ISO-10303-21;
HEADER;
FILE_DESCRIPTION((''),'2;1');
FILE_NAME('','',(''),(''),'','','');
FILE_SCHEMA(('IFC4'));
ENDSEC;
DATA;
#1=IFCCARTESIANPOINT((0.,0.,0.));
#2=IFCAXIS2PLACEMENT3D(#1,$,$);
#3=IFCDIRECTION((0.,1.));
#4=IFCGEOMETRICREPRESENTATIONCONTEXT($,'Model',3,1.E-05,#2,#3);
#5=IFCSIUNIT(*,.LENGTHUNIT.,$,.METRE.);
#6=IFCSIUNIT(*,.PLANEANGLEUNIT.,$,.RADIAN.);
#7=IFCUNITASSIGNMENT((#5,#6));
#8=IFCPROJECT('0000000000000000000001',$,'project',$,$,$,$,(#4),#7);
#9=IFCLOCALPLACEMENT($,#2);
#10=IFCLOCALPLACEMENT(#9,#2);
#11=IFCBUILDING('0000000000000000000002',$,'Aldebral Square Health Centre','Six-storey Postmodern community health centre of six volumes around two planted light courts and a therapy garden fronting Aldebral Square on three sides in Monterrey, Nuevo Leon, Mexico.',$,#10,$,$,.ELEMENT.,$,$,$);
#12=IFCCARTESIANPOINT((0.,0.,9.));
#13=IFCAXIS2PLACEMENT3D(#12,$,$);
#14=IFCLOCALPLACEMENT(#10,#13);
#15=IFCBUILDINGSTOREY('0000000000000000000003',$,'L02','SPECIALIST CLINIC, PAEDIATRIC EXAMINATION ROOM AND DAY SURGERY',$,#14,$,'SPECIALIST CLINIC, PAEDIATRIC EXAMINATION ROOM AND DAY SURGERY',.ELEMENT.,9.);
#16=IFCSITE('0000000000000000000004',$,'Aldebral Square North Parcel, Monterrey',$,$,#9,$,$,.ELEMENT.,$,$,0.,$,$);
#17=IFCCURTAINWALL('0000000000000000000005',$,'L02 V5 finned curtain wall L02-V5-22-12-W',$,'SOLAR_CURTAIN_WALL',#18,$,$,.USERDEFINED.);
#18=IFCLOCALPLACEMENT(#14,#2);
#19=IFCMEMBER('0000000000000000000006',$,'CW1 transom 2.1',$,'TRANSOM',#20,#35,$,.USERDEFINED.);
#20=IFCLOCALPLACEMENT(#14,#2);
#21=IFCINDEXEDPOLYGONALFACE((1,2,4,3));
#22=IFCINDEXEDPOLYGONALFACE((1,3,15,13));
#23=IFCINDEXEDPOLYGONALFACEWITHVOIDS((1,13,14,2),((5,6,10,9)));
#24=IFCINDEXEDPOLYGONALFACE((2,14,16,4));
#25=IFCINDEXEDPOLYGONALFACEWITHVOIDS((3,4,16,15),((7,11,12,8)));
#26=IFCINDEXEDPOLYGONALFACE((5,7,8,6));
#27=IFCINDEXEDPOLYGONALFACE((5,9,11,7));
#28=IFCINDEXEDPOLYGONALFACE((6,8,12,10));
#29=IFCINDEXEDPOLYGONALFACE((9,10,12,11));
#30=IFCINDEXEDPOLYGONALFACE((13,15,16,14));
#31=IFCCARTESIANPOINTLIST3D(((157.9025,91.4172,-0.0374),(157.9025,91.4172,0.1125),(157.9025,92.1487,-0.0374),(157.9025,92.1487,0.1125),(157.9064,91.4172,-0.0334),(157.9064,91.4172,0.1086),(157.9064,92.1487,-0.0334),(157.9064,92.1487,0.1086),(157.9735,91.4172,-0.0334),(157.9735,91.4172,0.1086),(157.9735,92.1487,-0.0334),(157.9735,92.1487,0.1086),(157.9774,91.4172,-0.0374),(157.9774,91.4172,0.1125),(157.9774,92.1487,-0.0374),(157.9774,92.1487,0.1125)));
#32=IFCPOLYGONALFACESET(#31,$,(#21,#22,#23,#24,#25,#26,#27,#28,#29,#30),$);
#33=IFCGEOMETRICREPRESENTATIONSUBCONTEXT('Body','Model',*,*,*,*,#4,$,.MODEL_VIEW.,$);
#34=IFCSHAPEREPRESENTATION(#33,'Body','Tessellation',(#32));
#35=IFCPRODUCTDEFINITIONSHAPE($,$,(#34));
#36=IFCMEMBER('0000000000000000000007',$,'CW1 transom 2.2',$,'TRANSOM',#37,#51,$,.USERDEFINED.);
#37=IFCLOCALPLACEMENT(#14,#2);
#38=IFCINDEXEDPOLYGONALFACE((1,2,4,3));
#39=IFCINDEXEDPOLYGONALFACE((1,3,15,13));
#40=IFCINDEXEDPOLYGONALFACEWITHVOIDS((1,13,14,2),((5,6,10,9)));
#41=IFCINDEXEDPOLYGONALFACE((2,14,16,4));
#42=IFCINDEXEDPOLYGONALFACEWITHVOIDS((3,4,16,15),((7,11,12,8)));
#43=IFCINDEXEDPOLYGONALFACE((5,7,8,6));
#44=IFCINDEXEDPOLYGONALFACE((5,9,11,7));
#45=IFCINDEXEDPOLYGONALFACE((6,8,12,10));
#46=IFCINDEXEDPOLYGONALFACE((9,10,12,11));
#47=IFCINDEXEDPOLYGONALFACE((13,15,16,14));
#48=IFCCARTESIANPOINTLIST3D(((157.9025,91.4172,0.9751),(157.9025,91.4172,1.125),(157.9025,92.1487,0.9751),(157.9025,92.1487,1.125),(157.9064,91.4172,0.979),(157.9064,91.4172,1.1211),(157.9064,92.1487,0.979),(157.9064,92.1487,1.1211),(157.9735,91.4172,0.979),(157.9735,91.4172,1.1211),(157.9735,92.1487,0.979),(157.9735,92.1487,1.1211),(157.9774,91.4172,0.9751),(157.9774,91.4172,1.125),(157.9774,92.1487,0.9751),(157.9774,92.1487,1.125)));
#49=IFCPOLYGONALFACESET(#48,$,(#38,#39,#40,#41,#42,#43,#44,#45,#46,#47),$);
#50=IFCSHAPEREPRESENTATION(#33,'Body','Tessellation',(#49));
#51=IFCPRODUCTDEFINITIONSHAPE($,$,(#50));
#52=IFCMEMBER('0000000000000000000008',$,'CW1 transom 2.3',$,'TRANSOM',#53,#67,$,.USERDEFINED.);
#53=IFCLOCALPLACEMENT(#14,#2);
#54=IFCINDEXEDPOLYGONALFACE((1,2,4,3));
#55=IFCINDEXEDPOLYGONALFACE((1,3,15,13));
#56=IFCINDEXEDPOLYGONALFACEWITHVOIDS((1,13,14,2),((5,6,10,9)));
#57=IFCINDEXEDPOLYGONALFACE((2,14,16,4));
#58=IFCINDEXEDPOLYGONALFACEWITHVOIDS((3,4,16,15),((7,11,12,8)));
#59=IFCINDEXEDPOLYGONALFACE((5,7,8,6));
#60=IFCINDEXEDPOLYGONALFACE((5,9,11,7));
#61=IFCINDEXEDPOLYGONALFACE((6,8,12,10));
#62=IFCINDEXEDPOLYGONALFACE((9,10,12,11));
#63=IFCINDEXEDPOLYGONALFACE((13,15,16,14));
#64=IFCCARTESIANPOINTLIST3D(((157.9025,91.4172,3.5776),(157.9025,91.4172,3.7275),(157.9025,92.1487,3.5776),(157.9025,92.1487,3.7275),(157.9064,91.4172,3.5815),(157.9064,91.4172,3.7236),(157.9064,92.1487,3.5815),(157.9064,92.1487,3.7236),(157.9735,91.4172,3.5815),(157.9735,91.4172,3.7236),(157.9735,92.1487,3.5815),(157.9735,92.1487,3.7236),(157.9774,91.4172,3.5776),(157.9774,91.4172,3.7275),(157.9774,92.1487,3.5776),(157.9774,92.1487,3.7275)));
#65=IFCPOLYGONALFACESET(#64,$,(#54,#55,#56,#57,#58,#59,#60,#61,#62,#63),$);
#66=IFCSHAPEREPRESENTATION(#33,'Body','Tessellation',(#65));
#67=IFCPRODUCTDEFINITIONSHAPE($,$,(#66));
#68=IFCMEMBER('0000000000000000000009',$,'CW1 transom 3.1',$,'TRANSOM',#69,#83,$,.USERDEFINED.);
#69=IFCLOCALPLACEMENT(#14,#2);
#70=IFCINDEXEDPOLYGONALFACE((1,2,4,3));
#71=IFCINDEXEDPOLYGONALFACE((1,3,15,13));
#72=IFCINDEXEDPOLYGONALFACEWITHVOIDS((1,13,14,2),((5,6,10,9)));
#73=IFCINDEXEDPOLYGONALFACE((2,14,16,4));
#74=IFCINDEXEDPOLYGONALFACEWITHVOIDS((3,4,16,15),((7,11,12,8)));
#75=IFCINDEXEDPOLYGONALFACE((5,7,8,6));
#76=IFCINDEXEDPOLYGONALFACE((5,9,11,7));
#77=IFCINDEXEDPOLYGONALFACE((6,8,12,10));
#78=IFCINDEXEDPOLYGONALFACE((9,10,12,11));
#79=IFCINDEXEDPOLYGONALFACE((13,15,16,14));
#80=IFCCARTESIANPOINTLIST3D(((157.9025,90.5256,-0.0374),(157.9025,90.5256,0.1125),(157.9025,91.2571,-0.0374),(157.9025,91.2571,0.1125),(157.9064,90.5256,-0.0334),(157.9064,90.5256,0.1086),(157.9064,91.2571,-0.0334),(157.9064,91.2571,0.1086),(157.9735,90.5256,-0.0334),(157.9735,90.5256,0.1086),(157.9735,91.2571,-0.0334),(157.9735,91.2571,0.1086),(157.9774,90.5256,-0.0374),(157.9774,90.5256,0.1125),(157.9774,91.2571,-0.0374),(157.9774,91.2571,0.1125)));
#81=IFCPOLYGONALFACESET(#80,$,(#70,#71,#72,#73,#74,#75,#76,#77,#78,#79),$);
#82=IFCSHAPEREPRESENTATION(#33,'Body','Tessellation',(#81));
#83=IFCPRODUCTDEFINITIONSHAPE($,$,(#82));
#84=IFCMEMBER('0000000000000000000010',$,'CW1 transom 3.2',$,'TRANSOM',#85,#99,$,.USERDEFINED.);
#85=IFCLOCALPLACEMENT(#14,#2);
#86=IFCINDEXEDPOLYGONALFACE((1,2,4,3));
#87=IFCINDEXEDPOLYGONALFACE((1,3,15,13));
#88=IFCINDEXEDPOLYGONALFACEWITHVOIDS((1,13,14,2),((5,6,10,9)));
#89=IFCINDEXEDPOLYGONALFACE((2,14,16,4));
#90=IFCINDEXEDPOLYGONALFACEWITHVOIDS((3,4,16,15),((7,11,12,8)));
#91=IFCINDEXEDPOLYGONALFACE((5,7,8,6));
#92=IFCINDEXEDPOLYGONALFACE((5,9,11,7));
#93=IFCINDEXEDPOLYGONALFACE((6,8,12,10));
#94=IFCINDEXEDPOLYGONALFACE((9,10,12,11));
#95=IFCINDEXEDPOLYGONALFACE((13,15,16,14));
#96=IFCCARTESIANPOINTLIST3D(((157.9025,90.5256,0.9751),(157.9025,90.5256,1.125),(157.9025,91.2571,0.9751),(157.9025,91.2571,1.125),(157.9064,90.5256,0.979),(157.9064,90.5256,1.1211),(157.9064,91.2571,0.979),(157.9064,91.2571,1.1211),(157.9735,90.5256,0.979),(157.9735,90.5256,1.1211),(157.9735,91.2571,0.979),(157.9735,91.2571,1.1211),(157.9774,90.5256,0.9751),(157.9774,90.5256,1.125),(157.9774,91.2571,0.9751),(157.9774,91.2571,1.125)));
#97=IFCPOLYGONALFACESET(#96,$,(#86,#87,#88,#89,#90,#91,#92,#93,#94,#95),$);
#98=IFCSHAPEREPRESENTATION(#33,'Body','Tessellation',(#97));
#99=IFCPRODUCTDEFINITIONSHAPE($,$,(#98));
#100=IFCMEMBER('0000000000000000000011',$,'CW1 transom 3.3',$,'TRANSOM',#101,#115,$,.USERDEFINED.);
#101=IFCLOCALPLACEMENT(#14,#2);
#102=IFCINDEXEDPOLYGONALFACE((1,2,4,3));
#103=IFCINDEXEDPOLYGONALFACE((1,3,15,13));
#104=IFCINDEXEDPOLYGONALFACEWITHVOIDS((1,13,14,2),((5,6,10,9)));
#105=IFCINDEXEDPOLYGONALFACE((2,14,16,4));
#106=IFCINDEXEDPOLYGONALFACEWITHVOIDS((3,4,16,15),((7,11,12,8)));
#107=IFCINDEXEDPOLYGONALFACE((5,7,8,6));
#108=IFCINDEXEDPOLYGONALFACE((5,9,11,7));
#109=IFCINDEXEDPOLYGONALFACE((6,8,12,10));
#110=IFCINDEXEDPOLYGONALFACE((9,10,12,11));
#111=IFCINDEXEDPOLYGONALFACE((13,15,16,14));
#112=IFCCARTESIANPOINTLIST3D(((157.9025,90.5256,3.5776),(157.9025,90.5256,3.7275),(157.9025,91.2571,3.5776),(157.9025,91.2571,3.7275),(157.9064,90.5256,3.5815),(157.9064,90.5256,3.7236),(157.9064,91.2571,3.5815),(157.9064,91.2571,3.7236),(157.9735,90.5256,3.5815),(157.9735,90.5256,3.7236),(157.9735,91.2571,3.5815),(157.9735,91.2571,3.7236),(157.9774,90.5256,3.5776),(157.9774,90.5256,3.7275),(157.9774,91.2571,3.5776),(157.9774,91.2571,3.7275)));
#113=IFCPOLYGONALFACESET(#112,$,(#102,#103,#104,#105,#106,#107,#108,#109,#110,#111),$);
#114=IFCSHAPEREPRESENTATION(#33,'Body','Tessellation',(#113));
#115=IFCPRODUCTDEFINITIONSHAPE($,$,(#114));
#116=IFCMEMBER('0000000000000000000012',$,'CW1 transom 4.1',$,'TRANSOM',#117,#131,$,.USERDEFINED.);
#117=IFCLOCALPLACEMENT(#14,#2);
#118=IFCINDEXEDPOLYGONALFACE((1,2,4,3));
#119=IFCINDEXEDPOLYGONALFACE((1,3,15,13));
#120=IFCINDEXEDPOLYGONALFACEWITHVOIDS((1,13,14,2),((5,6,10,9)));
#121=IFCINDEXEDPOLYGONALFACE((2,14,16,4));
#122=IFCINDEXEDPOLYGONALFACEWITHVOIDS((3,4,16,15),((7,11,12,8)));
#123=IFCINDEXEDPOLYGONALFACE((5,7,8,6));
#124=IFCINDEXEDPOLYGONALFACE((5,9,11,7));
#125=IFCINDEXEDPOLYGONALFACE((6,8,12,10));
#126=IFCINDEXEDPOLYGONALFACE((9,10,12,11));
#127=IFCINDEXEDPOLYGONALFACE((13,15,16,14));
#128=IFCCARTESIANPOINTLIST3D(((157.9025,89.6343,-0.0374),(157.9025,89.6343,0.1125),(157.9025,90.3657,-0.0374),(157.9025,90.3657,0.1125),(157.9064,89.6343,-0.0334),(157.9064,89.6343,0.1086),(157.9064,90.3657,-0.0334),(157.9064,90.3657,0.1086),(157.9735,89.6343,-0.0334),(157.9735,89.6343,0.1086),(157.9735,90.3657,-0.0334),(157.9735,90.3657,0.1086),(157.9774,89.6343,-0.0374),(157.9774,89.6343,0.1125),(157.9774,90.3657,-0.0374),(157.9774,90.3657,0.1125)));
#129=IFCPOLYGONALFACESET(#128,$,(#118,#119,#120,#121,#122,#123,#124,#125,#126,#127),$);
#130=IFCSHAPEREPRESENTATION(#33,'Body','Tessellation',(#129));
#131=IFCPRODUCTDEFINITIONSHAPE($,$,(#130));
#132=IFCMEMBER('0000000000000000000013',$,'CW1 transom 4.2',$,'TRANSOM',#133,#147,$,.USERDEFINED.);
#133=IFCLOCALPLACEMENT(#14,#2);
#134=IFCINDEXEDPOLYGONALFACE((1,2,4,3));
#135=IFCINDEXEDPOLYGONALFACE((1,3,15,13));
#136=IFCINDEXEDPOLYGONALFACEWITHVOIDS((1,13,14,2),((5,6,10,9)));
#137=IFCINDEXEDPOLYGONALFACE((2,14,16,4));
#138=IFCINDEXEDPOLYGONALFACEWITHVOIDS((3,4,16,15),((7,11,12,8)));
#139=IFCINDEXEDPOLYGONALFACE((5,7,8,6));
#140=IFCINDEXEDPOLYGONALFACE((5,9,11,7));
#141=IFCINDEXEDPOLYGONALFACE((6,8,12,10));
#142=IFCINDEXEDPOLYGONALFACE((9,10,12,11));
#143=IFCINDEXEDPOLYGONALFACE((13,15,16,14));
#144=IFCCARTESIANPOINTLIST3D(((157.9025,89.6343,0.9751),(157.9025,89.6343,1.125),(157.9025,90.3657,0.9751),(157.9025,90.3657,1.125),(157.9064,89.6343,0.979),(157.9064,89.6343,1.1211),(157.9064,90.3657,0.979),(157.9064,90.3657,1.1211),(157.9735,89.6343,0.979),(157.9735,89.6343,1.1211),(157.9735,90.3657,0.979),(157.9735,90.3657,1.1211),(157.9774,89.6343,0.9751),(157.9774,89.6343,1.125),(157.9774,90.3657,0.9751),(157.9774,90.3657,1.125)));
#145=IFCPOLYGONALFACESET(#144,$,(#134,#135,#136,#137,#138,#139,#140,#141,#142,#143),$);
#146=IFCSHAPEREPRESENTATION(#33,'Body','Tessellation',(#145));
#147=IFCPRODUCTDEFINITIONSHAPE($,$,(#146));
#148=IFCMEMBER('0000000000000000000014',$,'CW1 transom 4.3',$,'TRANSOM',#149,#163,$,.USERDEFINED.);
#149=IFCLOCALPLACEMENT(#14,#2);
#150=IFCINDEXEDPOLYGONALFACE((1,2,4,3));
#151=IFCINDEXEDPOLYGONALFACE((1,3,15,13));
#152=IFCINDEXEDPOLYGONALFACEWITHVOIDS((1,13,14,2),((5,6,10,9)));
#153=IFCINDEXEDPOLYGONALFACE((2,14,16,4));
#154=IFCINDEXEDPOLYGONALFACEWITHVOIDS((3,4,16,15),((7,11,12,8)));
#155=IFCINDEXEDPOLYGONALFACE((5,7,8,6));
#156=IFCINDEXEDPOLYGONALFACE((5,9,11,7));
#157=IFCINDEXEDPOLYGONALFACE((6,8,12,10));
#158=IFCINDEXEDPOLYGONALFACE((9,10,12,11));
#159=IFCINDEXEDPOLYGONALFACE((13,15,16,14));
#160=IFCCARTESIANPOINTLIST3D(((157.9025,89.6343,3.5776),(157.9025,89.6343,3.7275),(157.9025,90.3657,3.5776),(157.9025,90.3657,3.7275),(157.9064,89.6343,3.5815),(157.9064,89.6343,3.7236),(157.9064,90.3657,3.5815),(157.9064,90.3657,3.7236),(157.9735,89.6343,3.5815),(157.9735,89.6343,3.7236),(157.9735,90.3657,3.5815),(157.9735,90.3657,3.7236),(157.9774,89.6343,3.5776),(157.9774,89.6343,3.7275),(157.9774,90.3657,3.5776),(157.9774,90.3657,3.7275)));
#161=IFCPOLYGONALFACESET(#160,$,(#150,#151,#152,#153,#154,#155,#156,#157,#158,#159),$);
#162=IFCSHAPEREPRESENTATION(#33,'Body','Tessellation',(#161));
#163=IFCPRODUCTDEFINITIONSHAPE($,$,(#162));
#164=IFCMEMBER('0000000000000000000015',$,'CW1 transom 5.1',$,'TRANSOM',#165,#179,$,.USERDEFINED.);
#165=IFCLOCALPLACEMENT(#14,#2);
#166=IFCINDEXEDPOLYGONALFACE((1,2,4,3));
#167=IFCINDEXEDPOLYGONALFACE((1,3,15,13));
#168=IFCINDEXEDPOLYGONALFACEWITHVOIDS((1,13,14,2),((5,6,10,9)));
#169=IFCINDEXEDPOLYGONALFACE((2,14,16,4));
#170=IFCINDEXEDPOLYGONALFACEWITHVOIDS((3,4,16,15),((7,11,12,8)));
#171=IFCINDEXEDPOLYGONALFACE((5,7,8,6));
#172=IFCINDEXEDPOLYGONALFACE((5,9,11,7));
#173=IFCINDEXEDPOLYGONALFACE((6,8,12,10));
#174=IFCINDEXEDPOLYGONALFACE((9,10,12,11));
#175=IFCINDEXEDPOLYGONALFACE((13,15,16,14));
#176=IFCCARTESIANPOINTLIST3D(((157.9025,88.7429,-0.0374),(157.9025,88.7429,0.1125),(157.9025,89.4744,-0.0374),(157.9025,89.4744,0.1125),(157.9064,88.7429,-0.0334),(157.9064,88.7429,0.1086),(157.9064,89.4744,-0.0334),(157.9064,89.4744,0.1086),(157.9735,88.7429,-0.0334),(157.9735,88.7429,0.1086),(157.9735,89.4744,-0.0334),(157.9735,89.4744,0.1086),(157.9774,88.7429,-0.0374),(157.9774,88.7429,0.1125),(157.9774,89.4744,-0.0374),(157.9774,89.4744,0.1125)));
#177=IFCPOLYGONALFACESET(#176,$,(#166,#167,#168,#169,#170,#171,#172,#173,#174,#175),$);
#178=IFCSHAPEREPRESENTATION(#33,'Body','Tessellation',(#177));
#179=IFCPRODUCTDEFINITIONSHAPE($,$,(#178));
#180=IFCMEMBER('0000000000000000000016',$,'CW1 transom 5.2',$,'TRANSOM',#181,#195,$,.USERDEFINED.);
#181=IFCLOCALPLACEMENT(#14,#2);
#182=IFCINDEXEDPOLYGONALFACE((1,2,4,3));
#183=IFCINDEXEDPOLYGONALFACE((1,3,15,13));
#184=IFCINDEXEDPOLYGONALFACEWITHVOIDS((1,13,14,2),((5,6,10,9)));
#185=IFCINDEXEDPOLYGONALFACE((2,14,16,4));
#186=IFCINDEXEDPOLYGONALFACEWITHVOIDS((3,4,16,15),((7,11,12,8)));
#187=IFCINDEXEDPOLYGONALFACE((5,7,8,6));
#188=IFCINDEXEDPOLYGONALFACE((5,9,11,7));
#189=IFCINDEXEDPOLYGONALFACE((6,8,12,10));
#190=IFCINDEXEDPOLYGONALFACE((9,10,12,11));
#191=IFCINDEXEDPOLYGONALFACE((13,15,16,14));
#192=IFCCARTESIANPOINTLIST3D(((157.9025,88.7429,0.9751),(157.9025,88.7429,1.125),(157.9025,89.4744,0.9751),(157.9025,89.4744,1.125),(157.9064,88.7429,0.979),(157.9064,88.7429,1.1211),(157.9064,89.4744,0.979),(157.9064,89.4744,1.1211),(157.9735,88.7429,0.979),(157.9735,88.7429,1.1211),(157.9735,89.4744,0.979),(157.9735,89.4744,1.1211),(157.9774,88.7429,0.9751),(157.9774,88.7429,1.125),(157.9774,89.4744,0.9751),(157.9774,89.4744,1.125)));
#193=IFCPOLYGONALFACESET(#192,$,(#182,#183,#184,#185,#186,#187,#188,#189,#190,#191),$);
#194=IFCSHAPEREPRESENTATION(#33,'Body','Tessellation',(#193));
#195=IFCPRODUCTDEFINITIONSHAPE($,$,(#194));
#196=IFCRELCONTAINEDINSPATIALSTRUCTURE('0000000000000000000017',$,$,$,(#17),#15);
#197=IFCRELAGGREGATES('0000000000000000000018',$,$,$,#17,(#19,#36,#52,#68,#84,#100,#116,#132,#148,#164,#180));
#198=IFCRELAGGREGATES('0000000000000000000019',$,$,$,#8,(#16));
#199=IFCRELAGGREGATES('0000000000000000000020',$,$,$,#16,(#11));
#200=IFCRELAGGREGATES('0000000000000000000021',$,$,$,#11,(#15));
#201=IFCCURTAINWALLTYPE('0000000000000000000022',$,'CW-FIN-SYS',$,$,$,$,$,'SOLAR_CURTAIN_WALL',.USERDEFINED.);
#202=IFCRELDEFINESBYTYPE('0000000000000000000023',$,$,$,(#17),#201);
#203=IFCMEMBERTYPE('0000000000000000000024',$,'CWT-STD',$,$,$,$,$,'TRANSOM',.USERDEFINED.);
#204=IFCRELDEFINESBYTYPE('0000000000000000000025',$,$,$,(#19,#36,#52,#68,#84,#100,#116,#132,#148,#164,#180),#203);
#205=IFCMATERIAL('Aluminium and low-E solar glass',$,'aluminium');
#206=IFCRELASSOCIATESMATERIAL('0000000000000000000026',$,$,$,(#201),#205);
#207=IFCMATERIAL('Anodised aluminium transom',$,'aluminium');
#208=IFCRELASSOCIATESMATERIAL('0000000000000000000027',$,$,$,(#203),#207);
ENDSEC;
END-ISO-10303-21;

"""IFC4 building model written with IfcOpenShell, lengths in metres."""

from ifc_helpers import new_model, si_unit, direction, frame, origin, origin_2d, place, context, subcontext, project, spatial, hollow_rectangle, extrude, material, material_profile, profile_set, type_object, element, aggregate, save


model = new_model("IFC4")

# Units and contexts
model_context = context("Model", 3, precision=1e-05, world=origin(), true_north=direction((0.0, 1.0)))
body_context = subcontext(model_context, "Body", "Model", "MODEL_VIEW")
ifc_project = project(units=[si_unit("LENGTHUNIT", "METRE"), si_unit("PLANEANGLEUNIT", "RADIAN")], contexts=[model_context])

# Site, building, storey
site_placement = place(None, origin())
site = spatial("IfcSite", under=ifc_project, at=site_placement, Name="Aldebral Square North Parcel, Monterrey", CompositionType="ELEMENT", RefElevation=0.0)
building_placement = place(site_placement, origin())
building = spatial("IfcBuilding", under=site, at=building_placement, Name="Aldebral Square Health Centre", Description="Six-storey Postmodern community health centre of six volumes around two planted light courts and a therapy garden fronting Aldebral Square on three sides in Monterrey, Nuevo Leon, Mexico.", CompositionType="ELEMENT")
storey_placement = place(building_placement, frame((0.0, 0.0, 9.0)))
storey = spatial("IfcBuildingStorey", under=building, at=storey_placement, Name="L02", Description="SPECIALIST CLINIC, PAEDIATRIC EXAMINATION ROOM AND DAY SURGERY", LongName="SPECIALIST CLINIC, PAEDIATRIC EXAMINATION ROOM AND DAY SURGERY", CompositionType="ELEMENT", Elevation=9.0)

# Curtain wall, members
ifc_material_1 = material(Name="Aluminium and low-E solar glass", Category="aluminium")
curtain_wall_type = type_object("IfcCurtainWallType", Name="CW-FIN-SYS", ElementType="SOLAR_CURTAIN_WALL", PredefinedType="USERDEFINED", material=ifc_material_1)
curtain_wall_placement = place(storey_placement, origin())
curtain_wall = element("IfcCurtainWall", 1, at=curtain_wall_placement, inside=storey, type_object=curtain_wall_type, Name="L02 V5 finned curtain wall L02-V5-22-12-W", ObjectType="SOLAR_CURTAIN_WALL", PredefinedType="USERDEFINED")
ifc_material_2 = material(Name="Anodised aluminium transom", Category="aluminium")
ifc_material_profile_1 = material_profile(ifc_material_2, hollow_rectangle(XDim=0.075, YDim=0.1499, WallThickness=0.0039, at=origin_2d()), Name="CWT 75x150x4")
ifc_profile_set_1 = profile_set([ifc_material_profile_1], Name="Anodised aluminium transom")
member_type_1 = type_object("IfcMemberType", Name="CWT-STD", ElementType="TRANSOM", PredefinedType="USERDEFINED", material=ifc_profile_set_1)
member_1_placement = place(storey_placement, frame((157.9399, 92.1487, 0.0376), z_axis=(0.0, -1.0, 0.0), x_axis=(1.0, 0.0, 0.0)))
member_1 = element("IfcMember", 2, at=member_1_placement, type_object=member_type_1, Name="CW1 transom 2.1", ObjectType="TRANSOM", PredefinedType="USERDEFINED", context=body_context, shape_type="SweptSolid", body=[
    extrude(hollow_rectangle(XDim=0.075, YDim=0.1499, WallThickness=0.0039, at=origin_2d()), origin(), (0.0, 0.0, 1.0), 0.7314),
])
member_2_placement = place(storey_placement, frame((157.9399, 92.1487, 1.05), z_axis=(0.0, -1.0, 0.0), x_axis=(1.0, 0.0, 0.0)))
member_2 = element("IfcMember", 3, at=member_2_placement, type_object=member_type_1, Name="CW1 transom 2.2", ObjectType="TRANSOM", PredefinedType="USERDEFINED", context=body_context, shape_type="SweptSolid", body=[
    extrude(hollow_rectangle(XDim=0.075, YDim=0.1499, WallThickness=0.0039, at=origin_2d()), origin(), (0.0, 0.0, 1.0), 0.7314),
])
member_3_placement = place(storey_placement, frame((157.9399, 92.1487, 3.6526), z_axis=(0.0, -1.0, 0.0), x_axis=(1.0, 0.0, 0.0)))
member_3 = element("IfcMember", 4, at=member_3_placement, type_object=member_type_1, Name="CW1 transom 2.3", ObjectType="TRANSOM", PredefinedType="USERDEFINED", context=body_context, shape_type="SweptSolid", body=[
    extrude(hollow_rectangle(XDim=0.075, YDim=0.1499, WallThickness=0.0039, at=origin_2d()), origin(), (0.0, 0.0, 1.0), 0.7314),
])
member_4_placement = place(storey_placement, frame((157.9399, 91.2571, 0.0376), z_axis=(0.0, -1.0, 0.0), x_axis=(1.0, 0.0, 0.0)))
member_4 = element("IfcMember", 5, at=member_4_placement, type_object=member_type_1, Name="CW1 transom 3.1", ObjectType="TRANSOM", PredefinedType="USERDEFINED", context=body_context, shape_type="SweptSolid", body=[
    extrude(hollow_rectangle(XDim=0.075, YDim=0.1499, WallThickness=0.0039, at=origin_2d()), origin(), (0.0, 0.0, 1.0), 0.7314),
])
member_5_placement = place(storey_placement, frame((157.9399, 91.2571, 1.05), z_axis=(0.0, -1.0, 0.0), x_axis=(1.0, 0.0, 0.0)))
member_5 = element("IfcMember", 6, at=member_5_placement, type_object=member_type_1, Name="CW1 transom 3.2", ObjectType="TRANSOM", PredefinedType="USERDEFINED", context=body_context, shape_type="SweptSolid", body=[
    extrude(hollow_rectangle(XDim=0.075, YDim=0.1499, WallThickness=0.0039, at=origin_2d()), origin(), (0.0, 0.0, 1.0), 0.7314),
])
member_6_placement = place(storey_placement, frame((157.9399, 91.2571, 3.6526), z_axis=(0.0, -1.0, 0.0), x_axis=(1.0, 0.0, 0.0)))
member_6 = element("IfcMember", 7, at=member_6_placement, type_object=member_type_1, Name="CW1 transom 3.3", ObjectType="TRANSOM", PredefinedType="USERDEFINED", context=body_context, shape_type="SweptSolid", body=[
    extrude(hollow_rectangle(XDim=0.075, YDim=0.1499, WallThickness=0.0039, at=origin_2d()), origin(), (0.0, 0.0, 1.0), 0.7314),
])
member_7_placement = place(storey_placement, frame((157.9399, 90.3657, 0.0376), z_axis=(0.0, -1.0, 0.0), x_axis=(1.0, 0.0, 0.0)))
member_7 = element("IfcMember", 8, at=member_7_placement, type_object=member_type_1, Name="CW1 transom 4.1", ObjectType="TRANSOM", PredefinedType="USERDEFINED", context=body_context, shape_type="SweptSolid", body=[
    extrude(hollow_rectangle(XDim=0.075, YDim=0.1499, WallThickness=0.0039, at=origin_2d()), origin(), (0.0, 0.0, 1.0), 0.7314),
])
member_8_placement = place(storey_placement, frame((157.9399, 90.3657, 1.05), z_axis=(0.0, -1.0, 0.0), x_axis=(1.0, 0.0, 0.0)))
member_8 = element("IfcMember", 9, at=member_8_placement, type_object=member_type_1, Name="CW1 transom 4.2", ObjectType="TRANSOM", PredefinedType="USERDEFINED", context=body_context, shape_type="SweptSolid", body=[
    extrude(hollow_rectangle(XDim=0.075, YDim=0.1499, WallThickness=0.0039, at=origin_2d()), origin(), (0.0, 0.0, 1.0), 0.7314),
])
member_9_placement = place(storey_placement, frame((157.9399, 90.3657, 3.6526), z_axis=(0.0, -1.0, 0.0), x_axis=(1.0, 0.0, 0.0)))
member_9 = element("IfcMember", 10, at=member_9_placement, type_object=member_type_1, Name="CW1 transom 4.3", ObjectType="TRANSOM", PredefinedType="USERDEFINED", context=body_context, shape_type="SweptSolid", body=[
    extrude(hollow_rectangle(XDim=0.075, YDim=0.1499, WallThickness=0.0039, at=origin_2d()), origin(), (0.0, 0.0, 1.0), 0.7314),
])
member_10_placement = place(storey_placement, frame((157.9399, 89.4744, 0.0376), z_axis=(0.0, -1.0, 0.0), x_axis=(1.0, 0.0, 0.0)))
member_10 = element("IfcMember", 11, at=member_10_placement, type_object=member_type_1, Name="CW1 transom 5.1", ObjectType="TRANSOM", PredefinedType="USERDEFINED", context=body_context, shape_type="SweptSolid", body=[
    extrude(hollow_rectangle(XDim=0.075, YDim=0.1499, WallThickness=0.0039, at=origin_2d()), origin(), (0.0, 0.0, 1.0), 0.7314),
])
member_11_placement = place(storey_placement, frame((157.9399, 89.4744, 1.05), z_axis=(0.0, -1.0, 0.0), x_axis=(1.0, 0.0, 0.0)))
member_11 = element("IfcMember", 12, at=member_11_placement, type_object=member_type_1, Name="CW1 transom 5.2", ObjectType="TRANSOM", PredefinedType="USERDEFINED", context=body_context, shape_type="SweptSolid", body=[
    extrude(hollow_rectangle(XDim=0.075, YDim=0.1499, WallThickness=0.0039, at=origin_2d()), origin(), (0.0, 0.0, 1.0), 0.7314),
])
aggregate(curtain_wall, [member_1, member_2, member_3, member_4, member_5, member_6, member_7, member_8, member_9, member_10, member_11])

save(model, "model.ifc")
